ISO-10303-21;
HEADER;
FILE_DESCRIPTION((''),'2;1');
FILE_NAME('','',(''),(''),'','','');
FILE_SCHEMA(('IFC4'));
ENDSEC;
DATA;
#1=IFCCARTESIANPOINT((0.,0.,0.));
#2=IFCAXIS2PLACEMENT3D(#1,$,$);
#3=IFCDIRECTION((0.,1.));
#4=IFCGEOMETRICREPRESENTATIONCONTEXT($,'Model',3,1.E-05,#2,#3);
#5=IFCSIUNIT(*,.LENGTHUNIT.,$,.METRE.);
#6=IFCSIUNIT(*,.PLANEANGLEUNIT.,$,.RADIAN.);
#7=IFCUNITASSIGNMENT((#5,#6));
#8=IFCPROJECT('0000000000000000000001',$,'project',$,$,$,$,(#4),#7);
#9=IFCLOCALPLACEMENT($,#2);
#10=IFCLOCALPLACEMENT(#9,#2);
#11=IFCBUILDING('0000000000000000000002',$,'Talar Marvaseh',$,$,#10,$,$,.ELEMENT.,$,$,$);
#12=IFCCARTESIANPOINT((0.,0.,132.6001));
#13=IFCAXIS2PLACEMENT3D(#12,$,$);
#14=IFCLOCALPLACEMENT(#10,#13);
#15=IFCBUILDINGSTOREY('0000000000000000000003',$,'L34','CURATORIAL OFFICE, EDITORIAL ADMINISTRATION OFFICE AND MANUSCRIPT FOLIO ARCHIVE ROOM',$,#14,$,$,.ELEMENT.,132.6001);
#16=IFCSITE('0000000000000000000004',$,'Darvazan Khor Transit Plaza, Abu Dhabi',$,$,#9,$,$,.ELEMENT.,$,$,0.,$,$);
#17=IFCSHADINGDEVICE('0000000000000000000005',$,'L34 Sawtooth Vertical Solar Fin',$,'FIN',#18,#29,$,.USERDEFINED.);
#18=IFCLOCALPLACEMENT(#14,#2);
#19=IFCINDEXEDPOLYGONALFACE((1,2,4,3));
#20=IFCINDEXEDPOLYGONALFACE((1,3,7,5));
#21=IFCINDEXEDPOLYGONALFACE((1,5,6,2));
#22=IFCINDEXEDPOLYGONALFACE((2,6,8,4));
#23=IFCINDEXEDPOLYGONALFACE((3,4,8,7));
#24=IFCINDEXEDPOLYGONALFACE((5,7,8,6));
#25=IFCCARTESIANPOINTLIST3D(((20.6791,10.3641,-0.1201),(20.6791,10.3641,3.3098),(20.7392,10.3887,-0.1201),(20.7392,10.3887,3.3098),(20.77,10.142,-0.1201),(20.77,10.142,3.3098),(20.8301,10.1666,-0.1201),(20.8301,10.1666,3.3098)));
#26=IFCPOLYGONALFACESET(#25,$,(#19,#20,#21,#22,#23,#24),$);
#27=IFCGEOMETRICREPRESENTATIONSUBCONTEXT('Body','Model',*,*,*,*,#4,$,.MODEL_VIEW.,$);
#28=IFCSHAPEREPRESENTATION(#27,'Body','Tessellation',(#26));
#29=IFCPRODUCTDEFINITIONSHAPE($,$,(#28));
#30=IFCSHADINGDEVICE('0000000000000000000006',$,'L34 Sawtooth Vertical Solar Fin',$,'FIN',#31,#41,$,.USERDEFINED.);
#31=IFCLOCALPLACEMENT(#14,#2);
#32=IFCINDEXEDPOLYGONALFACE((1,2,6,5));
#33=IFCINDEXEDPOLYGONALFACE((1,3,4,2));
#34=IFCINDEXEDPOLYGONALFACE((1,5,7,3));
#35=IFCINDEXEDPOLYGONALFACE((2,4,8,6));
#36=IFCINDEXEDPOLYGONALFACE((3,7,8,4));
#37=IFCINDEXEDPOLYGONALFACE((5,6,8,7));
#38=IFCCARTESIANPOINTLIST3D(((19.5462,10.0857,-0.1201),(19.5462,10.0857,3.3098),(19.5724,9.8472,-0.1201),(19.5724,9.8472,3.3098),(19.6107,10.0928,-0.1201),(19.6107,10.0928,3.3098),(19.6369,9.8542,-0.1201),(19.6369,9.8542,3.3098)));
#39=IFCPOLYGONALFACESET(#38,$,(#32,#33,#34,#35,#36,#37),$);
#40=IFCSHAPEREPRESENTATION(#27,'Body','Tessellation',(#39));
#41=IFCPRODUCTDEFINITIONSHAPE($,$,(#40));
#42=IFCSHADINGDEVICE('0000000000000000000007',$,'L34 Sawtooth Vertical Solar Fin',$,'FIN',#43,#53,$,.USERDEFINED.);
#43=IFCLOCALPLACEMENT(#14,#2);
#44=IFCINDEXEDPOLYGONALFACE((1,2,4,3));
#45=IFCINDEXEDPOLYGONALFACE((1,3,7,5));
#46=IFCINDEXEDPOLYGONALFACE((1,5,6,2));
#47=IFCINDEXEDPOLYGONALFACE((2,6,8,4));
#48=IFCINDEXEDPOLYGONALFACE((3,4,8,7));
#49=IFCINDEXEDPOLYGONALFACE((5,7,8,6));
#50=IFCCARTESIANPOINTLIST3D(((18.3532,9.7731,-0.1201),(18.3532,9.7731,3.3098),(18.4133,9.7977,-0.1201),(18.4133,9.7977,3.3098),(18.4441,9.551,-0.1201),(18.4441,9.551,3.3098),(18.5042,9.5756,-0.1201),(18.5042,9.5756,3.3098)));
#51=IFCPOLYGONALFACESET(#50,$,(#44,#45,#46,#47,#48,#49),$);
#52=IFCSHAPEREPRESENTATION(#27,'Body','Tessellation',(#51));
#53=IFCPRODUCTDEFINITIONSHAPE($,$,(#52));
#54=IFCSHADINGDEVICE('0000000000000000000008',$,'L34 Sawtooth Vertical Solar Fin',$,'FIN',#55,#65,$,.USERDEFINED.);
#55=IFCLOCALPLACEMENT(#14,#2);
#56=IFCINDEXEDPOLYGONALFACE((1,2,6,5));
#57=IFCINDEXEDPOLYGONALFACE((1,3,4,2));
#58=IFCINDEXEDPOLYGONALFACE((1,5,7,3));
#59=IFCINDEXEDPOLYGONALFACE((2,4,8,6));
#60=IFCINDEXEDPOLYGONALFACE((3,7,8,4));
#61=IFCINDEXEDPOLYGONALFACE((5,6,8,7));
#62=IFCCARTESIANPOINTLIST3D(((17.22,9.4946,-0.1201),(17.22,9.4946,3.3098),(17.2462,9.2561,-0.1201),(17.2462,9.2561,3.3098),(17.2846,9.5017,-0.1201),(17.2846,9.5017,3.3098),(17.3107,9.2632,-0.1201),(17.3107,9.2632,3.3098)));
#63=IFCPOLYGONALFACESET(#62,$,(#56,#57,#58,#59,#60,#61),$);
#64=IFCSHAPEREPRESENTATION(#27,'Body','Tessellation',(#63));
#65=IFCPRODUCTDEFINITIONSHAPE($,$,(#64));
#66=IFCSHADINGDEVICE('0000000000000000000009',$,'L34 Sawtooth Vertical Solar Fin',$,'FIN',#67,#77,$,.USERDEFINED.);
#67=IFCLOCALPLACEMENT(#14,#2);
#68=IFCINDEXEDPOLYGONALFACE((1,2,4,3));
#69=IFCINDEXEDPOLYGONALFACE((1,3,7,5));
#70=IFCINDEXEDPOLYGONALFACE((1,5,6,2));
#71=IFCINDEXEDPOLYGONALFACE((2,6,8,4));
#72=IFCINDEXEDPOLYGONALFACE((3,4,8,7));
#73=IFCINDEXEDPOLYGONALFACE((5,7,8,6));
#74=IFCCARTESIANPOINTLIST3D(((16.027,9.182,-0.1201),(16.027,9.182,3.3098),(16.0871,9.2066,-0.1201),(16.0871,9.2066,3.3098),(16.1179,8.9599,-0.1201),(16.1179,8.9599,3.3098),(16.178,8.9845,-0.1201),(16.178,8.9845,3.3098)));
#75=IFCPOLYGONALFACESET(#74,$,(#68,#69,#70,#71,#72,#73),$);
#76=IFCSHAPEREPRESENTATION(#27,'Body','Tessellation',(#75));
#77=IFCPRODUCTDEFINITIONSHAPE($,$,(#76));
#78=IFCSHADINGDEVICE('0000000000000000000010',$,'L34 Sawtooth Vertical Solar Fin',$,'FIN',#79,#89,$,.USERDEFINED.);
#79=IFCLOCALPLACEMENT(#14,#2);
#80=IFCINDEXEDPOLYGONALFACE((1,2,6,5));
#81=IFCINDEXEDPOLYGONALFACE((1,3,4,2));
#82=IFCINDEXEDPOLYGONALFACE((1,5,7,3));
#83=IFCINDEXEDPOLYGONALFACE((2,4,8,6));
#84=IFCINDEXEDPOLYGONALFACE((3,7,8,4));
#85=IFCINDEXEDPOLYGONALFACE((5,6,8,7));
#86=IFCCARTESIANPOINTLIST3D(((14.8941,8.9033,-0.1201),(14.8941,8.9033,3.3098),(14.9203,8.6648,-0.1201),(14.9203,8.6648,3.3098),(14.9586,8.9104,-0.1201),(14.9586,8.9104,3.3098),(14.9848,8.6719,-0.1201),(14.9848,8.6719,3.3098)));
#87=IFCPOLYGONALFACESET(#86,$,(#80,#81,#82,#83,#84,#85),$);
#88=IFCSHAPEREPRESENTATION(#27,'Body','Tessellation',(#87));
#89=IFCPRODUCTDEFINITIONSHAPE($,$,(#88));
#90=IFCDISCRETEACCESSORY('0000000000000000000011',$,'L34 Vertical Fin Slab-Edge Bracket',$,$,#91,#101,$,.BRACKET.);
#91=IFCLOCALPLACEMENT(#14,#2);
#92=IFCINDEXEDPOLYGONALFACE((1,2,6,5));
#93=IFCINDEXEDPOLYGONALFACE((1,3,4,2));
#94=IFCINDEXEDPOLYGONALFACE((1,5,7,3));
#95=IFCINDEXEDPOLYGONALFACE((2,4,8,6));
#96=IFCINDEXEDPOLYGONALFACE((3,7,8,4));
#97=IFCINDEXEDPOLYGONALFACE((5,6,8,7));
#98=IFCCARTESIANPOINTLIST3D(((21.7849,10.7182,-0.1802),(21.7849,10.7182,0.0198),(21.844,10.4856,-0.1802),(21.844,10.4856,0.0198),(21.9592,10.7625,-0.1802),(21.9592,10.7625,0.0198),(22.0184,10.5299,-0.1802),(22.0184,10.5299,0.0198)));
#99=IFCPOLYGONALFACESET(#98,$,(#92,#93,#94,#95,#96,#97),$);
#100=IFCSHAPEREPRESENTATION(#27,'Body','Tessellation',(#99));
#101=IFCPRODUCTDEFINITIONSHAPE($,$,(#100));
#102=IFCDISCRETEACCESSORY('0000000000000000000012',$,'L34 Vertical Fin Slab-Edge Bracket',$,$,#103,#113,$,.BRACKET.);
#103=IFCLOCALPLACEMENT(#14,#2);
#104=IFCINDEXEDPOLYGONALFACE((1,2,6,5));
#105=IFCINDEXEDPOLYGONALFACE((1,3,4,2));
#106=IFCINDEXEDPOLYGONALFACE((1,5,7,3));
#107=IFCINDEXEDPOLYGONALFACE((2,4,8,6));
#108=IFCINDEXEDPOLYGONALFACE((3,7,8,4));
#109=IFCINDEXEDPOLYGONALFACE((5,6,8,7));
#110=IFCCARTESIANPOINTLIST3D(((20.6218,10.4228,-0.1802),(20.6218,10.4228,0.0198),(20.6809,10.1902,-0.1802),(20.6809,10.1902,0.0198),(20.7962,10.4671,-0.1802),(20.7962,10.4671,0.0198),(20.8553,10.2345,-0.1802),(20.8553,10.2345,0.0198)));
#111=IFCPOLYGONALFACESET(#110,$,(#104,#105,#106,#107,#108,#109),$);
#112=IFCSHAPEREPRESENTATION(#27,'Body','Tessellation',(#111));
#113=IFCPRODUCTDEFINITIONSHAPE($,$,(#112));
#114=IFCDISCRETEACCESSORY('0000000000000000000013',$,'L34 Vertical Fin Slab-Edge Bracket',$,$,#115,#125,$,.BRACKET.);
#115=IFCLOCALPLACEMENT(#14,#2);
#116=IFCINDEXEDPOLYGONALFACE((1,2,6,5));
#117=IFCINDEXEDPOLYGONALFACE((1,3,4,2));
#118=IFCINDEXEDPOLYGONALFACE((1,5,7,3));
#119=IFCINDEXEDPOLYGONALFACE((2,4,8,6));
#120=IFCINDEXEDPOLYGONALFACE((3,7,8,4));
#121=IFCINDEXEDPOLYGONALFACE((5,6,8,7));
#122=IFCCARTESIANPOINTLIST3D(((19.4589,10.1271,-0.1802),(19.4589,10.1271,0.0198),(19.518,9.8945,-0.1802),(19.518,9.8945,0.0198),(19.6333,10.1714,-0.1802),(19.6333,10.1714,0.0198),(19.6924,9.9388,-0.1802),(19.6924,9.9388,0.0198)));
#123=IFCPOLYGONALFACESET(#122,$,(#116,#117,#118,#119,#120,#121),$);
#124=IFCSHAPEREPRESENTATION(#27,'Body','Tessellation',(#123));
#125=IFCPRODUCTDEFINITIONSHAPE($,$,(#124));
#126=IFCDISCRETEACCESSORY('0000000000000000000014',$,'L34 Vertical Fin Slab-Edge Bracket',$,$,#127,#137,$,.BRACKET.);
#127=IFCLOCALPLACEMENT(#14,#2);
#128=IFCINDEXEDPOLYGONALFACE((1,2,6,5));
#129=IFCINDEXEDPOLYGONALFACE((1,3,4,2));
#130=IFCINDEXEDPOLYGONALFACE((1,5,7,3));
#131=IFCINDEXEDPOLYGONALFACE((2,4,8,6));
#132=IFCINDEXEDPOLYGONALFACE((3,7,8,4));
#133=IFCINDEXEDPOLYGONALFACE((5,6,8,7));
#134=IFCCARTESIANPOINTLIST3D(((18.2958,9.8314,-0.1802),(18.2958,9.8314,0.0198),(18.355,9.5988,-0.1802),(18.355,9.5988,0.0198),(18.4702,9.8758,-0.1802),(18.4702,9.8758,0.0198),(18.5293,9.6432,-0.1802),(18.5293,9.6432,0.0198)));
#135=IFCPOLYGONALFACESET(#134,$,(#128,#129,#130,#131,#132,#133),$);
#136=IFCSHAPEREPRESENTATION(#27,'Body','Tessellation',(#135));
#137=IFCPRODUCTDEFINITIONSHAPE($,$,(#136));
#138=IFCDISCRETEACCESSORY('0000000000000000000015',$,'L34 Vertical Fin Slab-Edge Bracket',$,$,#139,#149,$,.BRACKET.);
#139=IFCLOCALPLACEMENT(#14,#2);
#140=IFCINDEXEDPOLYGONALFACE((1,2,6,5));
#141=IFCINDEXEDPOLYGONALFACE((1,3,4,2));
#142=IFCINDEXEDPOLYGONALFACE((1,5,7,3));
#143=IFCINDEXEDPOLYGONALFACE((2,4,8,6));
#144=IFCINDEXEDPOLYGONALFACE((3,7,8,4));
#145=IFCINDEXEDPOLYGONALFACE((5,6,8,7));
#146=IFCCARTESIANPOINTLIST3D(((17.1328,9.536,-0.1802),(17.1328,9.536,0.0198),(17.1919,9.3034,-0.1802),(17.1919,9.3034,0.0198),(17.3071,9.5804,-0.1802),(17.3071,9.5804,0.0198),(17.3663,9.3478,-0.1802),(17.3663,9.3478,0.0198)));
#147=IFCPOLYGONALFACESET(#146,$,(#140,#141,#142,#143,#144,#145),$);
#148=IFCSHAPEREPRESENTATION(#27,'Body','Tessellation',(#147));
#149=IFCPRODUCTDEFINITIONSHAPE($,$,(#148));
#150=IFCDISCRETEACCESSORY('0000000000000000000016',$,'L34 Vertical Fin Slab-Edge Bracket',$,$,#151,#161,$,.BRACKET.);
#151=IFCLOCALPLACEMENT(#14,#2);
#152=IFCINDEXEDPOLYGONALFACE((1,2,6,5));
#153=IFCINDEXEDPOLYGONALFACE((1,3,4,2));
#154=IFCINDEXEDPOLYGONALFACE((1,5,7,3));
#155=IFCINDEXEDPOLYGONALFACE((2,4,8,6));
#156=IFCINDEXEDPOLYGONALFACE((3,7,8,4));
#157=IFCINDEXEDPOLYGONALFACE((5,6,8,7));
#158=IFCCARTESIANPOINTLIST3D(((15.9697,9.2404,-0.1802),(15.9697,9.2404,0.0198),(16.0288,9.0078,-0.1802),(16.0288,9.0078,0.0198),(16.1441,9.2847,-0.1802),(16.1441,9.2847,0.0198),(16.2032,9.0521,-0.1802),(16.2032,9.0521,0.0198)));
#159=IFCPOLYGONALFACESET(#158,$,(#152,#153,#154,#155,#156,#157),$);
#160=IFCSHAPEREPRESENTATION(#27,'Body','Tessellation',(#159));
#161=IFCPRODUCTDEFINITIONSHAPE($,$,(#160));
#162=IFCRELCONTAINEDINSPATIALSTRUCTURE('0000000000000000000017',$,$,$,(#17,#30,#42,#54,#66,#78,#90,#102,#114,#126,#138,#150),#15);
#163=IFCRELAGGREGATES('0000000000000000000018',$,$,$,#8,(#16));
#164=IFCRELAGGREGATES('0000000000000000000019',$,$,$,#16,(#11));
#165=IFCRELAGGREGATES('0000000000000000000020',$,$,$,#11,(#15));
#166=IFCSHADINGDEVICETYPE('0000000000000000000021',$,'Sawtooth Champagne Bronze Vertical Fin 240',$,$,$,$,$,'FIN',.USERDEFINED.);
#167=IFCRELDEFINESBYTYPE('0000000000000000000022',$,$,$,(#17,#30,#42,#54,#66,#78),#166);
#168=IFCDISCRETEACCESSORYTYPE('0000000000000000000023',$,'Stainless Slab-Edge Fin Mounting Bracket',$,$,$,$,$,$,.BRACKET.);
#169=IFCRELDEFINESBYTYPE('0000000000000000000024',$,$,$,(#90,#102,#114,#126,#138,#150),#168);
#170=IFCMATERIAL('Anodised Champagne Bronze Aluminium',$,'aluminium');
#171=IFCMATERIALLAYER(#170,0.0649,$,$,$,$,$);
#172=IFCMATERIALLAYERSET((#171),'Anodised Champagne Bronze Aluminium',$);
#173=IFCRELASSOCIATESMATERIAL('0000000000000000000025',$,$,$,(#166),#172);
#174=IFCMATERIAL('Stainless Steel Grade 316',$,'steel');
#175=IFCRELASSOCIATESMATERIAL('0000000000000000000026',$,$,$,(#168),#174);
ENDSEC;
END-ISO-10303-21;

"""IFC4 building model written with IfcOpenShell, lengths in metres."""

from ifc_helpers import new_model, si_unit, direction, frame, origin, origin_2d, place, context, subcontext, project, spatial, rectangle, extrude, source, transform, mapped, material, layer, layer_set, type_object, type_shapes, element, save


model = new_model("IFC4")

# Units and contexts
model_context = context("Model", 3, precision=1e-05, world=origin(), true_north=direction((0.0, 1.0)))
body_context = subcontext(model_context, "Body", "Model", "MODEL_VIEW")
ifc_project = project(units=[si_unit("LENGTHUNIT", "METRE"), si_unit("PLANEANGLEUNIT", "RADIAN")], contexts=[model_context])

# Site, building, storey
site_placement = place(None, origin())
site = spatial("IfcSite", under=ifc_project, at=site_placement, Name="Darvazan Khor Transit Plaza, Abu Dhabi", CompositionType="ELEMENT", RefElevation=0.0)
building_placement = place(site_placement, origin())
building = spatial("IfcBuilding", under=site, at=building_placement, Name="Talar Marvaseh", CompositionType="ELEMENT")
storey_placement = place(building_placement, frame((0.0, 0.0, 132.6001)))
storey = spatial("IfcBuildingStorey", under=building, at=storey_placement, Name="L34", Description="CURATORIAL OFFICE, EDITORIAL ADMINISTRATION OFFICE AND MANUSCRIPT FOLIO ARCHIVE ROOM", CompositionType="ELEMENT", Elevation=132.6001)

# Shading devices
ifc_material_1 = material(Name="Anodised Champagne Bronze Aluminium", Category="aluminium")
ifc_layer_1 = layer(ifc_material_1, 0.0649)
ifc_layer_set_1 = layer_set([ifc_layer_1], Name="Anodised Champagne Bronze Aluminium")
shading_device_type = type_object("IfcShadingDeviceType", Name="Sawtooth Champagne Bronze Vertical Fin 240", ElementType="FIN", PredefinedType="USERDEFINED", material=ifc_layer_set_1)
shared_shape_1 = source(origin(), body_context, "Body", "SweptSolid", [
    extrude(rectangle(XDim=0.24, YDim=0.0649, at=origin_2d()), origin(), (0.0, 0.0, 1.0), 3.4299),
])
type_shapes(shading_device_type, [shared_shape_1])
for number, where, z_axis, x_axis, name in (
    (1, (20.7546, 10.2654, -0.1201), (0.0, 0.0, 1.0), (0.37881, -0.925474, 0.0), "L34 Sawtooth Vertical Solar Fin"),
    (2, (19.5916, 9.97, -0.1201), (0.0, 0.0, 1.0), (0.10904, -0.994037, 0.0), "L34 Sawtooth Vertical Solar Fin"),
    (3, (18.4287, 9.6743, -0.1201), (0.0, 0.0, 1.0), (0.37881, -0.925474, 0.0), "L34 Sawtooth Vertical Solar Fin"),
    (4, (17.2654, 9.3789, -0.1201), (0.0, 0.0, 1.0), (0.10904, -0.994037, 0.0), "L34 Sawtooth Vertical Solar Fin"),
    (5, (16.1025, 9.0833, -0.1201), (0.0, 0.0, 1.0), (0.37881, -0.925474, 0.0), "L34 Sawtooth Vertical Solar Fin"),
    (6, (14.9395, 8.7876, -0.1201), (0.0, 0.0, 1.0), (0.10904, -0.994037, 0.0), "L34 Sawtooth Vertical Solar Fin"),
):
    element("IfcShadingDevice", number, at=place(storey_placement, frame(where, z_axis=z_axis, x_axis=x_axis)), inside=storey, type_object=shading_device_type, Name=name, ObjectType="FIN", PredefinedType="USERDEFINED", context=body_context, shape_type="MappedRepresentation", body=[
        mapped(shared_shape_1, transform((0.0, 0.0, 0.0), x_axis=(1.0, 0.0, 0.0), y_axis=(0.0, 1.0, 0.0), z_axis=(0.0, 0.0, 1.0), scale=1.0)),
    ])

# Discrete accessories
ifc_material_2 = material(Name="Stainless Steel Grade 316", Category="steel")
discrete_accessory_type = type_object("IfcDiscreteAccessoryType", Name="Stainless Slab-Edge Fin Mounting Bracket", PredefinedType="BRACKET", material=ifc_material_2)
shared_shape_2 = source(origin(), body_context, "Body", "SweptSolid", [
    extrude(rectangle(XDim=0.24, YDim=0.1799, at=origin_2d()), origin(), (0.0, 0.0, 1.0), 0.2),
])
type_shapes(discrete_accessory_type, [shared_shape_2])
for number, where, z_axis, x_axis, name in (
    (7, (21.9016, 10.624, -0.1802), (0.0, 0.0, 1.0), (0.246322, -0.969188, 0.0), "L34 Vertical Fin Slab-Edge Bracket"),
    (8, (20.7385, 10.3286, -0.1802), (0.0, 0.0, 1.0), (0.246322, -0.969188, 0.0), "L34 Vertical Fin Slab-Edge Bracket"),
    (9, (19.5757, 10.033, -0.1802), (0.0, 0.0, 1.0), (0.246322, -0.969188, 0.0), "L34 Vertical Fin Slab-Edge Bracket"),
    (10, (18.4126, 9.7373, -0.1802), (0.0, 0.0, 1.0), (0.246322, -0.969188, 0.0), "L34 Vertical Fin Slab-Edge Bracket"),
    (11, (17.2495, 9.4419, -0.1802), (0.0, 0.0, 1.0), (0.246322, -0.969188, 0.0), "L34 Vertical Fin Slab-Edge Bracket"),
    (12, (16.0864, 9.1462, -0.1802), (0.0, 0.0, 1.0), (0.246322, -0.969188, 0.0), "L34 Vertical Fin Slab-Edge Bracket"),
):
    element("IfcDiscreteAccessory", number, at=place(storey_placement, frame(where, z_axis=z_axis, x_axis=x_axis)), inside=storey, type_object=discrete_accessory_type, Name=name, PredefinedType="BRACKET", context=body_context, shape_type="MappedRepresentation", body=[
        mapped(shared_shape_2, transform((0.0, 0.0, 0.0), x_axis=(1.0, 0.0, 0.0), y_axis=(0.0, 1.0, 0.0), z_axis=(0.0, 0.0, 1.0), scale=1.0)),
    ])

save(model, "model.ifc")
